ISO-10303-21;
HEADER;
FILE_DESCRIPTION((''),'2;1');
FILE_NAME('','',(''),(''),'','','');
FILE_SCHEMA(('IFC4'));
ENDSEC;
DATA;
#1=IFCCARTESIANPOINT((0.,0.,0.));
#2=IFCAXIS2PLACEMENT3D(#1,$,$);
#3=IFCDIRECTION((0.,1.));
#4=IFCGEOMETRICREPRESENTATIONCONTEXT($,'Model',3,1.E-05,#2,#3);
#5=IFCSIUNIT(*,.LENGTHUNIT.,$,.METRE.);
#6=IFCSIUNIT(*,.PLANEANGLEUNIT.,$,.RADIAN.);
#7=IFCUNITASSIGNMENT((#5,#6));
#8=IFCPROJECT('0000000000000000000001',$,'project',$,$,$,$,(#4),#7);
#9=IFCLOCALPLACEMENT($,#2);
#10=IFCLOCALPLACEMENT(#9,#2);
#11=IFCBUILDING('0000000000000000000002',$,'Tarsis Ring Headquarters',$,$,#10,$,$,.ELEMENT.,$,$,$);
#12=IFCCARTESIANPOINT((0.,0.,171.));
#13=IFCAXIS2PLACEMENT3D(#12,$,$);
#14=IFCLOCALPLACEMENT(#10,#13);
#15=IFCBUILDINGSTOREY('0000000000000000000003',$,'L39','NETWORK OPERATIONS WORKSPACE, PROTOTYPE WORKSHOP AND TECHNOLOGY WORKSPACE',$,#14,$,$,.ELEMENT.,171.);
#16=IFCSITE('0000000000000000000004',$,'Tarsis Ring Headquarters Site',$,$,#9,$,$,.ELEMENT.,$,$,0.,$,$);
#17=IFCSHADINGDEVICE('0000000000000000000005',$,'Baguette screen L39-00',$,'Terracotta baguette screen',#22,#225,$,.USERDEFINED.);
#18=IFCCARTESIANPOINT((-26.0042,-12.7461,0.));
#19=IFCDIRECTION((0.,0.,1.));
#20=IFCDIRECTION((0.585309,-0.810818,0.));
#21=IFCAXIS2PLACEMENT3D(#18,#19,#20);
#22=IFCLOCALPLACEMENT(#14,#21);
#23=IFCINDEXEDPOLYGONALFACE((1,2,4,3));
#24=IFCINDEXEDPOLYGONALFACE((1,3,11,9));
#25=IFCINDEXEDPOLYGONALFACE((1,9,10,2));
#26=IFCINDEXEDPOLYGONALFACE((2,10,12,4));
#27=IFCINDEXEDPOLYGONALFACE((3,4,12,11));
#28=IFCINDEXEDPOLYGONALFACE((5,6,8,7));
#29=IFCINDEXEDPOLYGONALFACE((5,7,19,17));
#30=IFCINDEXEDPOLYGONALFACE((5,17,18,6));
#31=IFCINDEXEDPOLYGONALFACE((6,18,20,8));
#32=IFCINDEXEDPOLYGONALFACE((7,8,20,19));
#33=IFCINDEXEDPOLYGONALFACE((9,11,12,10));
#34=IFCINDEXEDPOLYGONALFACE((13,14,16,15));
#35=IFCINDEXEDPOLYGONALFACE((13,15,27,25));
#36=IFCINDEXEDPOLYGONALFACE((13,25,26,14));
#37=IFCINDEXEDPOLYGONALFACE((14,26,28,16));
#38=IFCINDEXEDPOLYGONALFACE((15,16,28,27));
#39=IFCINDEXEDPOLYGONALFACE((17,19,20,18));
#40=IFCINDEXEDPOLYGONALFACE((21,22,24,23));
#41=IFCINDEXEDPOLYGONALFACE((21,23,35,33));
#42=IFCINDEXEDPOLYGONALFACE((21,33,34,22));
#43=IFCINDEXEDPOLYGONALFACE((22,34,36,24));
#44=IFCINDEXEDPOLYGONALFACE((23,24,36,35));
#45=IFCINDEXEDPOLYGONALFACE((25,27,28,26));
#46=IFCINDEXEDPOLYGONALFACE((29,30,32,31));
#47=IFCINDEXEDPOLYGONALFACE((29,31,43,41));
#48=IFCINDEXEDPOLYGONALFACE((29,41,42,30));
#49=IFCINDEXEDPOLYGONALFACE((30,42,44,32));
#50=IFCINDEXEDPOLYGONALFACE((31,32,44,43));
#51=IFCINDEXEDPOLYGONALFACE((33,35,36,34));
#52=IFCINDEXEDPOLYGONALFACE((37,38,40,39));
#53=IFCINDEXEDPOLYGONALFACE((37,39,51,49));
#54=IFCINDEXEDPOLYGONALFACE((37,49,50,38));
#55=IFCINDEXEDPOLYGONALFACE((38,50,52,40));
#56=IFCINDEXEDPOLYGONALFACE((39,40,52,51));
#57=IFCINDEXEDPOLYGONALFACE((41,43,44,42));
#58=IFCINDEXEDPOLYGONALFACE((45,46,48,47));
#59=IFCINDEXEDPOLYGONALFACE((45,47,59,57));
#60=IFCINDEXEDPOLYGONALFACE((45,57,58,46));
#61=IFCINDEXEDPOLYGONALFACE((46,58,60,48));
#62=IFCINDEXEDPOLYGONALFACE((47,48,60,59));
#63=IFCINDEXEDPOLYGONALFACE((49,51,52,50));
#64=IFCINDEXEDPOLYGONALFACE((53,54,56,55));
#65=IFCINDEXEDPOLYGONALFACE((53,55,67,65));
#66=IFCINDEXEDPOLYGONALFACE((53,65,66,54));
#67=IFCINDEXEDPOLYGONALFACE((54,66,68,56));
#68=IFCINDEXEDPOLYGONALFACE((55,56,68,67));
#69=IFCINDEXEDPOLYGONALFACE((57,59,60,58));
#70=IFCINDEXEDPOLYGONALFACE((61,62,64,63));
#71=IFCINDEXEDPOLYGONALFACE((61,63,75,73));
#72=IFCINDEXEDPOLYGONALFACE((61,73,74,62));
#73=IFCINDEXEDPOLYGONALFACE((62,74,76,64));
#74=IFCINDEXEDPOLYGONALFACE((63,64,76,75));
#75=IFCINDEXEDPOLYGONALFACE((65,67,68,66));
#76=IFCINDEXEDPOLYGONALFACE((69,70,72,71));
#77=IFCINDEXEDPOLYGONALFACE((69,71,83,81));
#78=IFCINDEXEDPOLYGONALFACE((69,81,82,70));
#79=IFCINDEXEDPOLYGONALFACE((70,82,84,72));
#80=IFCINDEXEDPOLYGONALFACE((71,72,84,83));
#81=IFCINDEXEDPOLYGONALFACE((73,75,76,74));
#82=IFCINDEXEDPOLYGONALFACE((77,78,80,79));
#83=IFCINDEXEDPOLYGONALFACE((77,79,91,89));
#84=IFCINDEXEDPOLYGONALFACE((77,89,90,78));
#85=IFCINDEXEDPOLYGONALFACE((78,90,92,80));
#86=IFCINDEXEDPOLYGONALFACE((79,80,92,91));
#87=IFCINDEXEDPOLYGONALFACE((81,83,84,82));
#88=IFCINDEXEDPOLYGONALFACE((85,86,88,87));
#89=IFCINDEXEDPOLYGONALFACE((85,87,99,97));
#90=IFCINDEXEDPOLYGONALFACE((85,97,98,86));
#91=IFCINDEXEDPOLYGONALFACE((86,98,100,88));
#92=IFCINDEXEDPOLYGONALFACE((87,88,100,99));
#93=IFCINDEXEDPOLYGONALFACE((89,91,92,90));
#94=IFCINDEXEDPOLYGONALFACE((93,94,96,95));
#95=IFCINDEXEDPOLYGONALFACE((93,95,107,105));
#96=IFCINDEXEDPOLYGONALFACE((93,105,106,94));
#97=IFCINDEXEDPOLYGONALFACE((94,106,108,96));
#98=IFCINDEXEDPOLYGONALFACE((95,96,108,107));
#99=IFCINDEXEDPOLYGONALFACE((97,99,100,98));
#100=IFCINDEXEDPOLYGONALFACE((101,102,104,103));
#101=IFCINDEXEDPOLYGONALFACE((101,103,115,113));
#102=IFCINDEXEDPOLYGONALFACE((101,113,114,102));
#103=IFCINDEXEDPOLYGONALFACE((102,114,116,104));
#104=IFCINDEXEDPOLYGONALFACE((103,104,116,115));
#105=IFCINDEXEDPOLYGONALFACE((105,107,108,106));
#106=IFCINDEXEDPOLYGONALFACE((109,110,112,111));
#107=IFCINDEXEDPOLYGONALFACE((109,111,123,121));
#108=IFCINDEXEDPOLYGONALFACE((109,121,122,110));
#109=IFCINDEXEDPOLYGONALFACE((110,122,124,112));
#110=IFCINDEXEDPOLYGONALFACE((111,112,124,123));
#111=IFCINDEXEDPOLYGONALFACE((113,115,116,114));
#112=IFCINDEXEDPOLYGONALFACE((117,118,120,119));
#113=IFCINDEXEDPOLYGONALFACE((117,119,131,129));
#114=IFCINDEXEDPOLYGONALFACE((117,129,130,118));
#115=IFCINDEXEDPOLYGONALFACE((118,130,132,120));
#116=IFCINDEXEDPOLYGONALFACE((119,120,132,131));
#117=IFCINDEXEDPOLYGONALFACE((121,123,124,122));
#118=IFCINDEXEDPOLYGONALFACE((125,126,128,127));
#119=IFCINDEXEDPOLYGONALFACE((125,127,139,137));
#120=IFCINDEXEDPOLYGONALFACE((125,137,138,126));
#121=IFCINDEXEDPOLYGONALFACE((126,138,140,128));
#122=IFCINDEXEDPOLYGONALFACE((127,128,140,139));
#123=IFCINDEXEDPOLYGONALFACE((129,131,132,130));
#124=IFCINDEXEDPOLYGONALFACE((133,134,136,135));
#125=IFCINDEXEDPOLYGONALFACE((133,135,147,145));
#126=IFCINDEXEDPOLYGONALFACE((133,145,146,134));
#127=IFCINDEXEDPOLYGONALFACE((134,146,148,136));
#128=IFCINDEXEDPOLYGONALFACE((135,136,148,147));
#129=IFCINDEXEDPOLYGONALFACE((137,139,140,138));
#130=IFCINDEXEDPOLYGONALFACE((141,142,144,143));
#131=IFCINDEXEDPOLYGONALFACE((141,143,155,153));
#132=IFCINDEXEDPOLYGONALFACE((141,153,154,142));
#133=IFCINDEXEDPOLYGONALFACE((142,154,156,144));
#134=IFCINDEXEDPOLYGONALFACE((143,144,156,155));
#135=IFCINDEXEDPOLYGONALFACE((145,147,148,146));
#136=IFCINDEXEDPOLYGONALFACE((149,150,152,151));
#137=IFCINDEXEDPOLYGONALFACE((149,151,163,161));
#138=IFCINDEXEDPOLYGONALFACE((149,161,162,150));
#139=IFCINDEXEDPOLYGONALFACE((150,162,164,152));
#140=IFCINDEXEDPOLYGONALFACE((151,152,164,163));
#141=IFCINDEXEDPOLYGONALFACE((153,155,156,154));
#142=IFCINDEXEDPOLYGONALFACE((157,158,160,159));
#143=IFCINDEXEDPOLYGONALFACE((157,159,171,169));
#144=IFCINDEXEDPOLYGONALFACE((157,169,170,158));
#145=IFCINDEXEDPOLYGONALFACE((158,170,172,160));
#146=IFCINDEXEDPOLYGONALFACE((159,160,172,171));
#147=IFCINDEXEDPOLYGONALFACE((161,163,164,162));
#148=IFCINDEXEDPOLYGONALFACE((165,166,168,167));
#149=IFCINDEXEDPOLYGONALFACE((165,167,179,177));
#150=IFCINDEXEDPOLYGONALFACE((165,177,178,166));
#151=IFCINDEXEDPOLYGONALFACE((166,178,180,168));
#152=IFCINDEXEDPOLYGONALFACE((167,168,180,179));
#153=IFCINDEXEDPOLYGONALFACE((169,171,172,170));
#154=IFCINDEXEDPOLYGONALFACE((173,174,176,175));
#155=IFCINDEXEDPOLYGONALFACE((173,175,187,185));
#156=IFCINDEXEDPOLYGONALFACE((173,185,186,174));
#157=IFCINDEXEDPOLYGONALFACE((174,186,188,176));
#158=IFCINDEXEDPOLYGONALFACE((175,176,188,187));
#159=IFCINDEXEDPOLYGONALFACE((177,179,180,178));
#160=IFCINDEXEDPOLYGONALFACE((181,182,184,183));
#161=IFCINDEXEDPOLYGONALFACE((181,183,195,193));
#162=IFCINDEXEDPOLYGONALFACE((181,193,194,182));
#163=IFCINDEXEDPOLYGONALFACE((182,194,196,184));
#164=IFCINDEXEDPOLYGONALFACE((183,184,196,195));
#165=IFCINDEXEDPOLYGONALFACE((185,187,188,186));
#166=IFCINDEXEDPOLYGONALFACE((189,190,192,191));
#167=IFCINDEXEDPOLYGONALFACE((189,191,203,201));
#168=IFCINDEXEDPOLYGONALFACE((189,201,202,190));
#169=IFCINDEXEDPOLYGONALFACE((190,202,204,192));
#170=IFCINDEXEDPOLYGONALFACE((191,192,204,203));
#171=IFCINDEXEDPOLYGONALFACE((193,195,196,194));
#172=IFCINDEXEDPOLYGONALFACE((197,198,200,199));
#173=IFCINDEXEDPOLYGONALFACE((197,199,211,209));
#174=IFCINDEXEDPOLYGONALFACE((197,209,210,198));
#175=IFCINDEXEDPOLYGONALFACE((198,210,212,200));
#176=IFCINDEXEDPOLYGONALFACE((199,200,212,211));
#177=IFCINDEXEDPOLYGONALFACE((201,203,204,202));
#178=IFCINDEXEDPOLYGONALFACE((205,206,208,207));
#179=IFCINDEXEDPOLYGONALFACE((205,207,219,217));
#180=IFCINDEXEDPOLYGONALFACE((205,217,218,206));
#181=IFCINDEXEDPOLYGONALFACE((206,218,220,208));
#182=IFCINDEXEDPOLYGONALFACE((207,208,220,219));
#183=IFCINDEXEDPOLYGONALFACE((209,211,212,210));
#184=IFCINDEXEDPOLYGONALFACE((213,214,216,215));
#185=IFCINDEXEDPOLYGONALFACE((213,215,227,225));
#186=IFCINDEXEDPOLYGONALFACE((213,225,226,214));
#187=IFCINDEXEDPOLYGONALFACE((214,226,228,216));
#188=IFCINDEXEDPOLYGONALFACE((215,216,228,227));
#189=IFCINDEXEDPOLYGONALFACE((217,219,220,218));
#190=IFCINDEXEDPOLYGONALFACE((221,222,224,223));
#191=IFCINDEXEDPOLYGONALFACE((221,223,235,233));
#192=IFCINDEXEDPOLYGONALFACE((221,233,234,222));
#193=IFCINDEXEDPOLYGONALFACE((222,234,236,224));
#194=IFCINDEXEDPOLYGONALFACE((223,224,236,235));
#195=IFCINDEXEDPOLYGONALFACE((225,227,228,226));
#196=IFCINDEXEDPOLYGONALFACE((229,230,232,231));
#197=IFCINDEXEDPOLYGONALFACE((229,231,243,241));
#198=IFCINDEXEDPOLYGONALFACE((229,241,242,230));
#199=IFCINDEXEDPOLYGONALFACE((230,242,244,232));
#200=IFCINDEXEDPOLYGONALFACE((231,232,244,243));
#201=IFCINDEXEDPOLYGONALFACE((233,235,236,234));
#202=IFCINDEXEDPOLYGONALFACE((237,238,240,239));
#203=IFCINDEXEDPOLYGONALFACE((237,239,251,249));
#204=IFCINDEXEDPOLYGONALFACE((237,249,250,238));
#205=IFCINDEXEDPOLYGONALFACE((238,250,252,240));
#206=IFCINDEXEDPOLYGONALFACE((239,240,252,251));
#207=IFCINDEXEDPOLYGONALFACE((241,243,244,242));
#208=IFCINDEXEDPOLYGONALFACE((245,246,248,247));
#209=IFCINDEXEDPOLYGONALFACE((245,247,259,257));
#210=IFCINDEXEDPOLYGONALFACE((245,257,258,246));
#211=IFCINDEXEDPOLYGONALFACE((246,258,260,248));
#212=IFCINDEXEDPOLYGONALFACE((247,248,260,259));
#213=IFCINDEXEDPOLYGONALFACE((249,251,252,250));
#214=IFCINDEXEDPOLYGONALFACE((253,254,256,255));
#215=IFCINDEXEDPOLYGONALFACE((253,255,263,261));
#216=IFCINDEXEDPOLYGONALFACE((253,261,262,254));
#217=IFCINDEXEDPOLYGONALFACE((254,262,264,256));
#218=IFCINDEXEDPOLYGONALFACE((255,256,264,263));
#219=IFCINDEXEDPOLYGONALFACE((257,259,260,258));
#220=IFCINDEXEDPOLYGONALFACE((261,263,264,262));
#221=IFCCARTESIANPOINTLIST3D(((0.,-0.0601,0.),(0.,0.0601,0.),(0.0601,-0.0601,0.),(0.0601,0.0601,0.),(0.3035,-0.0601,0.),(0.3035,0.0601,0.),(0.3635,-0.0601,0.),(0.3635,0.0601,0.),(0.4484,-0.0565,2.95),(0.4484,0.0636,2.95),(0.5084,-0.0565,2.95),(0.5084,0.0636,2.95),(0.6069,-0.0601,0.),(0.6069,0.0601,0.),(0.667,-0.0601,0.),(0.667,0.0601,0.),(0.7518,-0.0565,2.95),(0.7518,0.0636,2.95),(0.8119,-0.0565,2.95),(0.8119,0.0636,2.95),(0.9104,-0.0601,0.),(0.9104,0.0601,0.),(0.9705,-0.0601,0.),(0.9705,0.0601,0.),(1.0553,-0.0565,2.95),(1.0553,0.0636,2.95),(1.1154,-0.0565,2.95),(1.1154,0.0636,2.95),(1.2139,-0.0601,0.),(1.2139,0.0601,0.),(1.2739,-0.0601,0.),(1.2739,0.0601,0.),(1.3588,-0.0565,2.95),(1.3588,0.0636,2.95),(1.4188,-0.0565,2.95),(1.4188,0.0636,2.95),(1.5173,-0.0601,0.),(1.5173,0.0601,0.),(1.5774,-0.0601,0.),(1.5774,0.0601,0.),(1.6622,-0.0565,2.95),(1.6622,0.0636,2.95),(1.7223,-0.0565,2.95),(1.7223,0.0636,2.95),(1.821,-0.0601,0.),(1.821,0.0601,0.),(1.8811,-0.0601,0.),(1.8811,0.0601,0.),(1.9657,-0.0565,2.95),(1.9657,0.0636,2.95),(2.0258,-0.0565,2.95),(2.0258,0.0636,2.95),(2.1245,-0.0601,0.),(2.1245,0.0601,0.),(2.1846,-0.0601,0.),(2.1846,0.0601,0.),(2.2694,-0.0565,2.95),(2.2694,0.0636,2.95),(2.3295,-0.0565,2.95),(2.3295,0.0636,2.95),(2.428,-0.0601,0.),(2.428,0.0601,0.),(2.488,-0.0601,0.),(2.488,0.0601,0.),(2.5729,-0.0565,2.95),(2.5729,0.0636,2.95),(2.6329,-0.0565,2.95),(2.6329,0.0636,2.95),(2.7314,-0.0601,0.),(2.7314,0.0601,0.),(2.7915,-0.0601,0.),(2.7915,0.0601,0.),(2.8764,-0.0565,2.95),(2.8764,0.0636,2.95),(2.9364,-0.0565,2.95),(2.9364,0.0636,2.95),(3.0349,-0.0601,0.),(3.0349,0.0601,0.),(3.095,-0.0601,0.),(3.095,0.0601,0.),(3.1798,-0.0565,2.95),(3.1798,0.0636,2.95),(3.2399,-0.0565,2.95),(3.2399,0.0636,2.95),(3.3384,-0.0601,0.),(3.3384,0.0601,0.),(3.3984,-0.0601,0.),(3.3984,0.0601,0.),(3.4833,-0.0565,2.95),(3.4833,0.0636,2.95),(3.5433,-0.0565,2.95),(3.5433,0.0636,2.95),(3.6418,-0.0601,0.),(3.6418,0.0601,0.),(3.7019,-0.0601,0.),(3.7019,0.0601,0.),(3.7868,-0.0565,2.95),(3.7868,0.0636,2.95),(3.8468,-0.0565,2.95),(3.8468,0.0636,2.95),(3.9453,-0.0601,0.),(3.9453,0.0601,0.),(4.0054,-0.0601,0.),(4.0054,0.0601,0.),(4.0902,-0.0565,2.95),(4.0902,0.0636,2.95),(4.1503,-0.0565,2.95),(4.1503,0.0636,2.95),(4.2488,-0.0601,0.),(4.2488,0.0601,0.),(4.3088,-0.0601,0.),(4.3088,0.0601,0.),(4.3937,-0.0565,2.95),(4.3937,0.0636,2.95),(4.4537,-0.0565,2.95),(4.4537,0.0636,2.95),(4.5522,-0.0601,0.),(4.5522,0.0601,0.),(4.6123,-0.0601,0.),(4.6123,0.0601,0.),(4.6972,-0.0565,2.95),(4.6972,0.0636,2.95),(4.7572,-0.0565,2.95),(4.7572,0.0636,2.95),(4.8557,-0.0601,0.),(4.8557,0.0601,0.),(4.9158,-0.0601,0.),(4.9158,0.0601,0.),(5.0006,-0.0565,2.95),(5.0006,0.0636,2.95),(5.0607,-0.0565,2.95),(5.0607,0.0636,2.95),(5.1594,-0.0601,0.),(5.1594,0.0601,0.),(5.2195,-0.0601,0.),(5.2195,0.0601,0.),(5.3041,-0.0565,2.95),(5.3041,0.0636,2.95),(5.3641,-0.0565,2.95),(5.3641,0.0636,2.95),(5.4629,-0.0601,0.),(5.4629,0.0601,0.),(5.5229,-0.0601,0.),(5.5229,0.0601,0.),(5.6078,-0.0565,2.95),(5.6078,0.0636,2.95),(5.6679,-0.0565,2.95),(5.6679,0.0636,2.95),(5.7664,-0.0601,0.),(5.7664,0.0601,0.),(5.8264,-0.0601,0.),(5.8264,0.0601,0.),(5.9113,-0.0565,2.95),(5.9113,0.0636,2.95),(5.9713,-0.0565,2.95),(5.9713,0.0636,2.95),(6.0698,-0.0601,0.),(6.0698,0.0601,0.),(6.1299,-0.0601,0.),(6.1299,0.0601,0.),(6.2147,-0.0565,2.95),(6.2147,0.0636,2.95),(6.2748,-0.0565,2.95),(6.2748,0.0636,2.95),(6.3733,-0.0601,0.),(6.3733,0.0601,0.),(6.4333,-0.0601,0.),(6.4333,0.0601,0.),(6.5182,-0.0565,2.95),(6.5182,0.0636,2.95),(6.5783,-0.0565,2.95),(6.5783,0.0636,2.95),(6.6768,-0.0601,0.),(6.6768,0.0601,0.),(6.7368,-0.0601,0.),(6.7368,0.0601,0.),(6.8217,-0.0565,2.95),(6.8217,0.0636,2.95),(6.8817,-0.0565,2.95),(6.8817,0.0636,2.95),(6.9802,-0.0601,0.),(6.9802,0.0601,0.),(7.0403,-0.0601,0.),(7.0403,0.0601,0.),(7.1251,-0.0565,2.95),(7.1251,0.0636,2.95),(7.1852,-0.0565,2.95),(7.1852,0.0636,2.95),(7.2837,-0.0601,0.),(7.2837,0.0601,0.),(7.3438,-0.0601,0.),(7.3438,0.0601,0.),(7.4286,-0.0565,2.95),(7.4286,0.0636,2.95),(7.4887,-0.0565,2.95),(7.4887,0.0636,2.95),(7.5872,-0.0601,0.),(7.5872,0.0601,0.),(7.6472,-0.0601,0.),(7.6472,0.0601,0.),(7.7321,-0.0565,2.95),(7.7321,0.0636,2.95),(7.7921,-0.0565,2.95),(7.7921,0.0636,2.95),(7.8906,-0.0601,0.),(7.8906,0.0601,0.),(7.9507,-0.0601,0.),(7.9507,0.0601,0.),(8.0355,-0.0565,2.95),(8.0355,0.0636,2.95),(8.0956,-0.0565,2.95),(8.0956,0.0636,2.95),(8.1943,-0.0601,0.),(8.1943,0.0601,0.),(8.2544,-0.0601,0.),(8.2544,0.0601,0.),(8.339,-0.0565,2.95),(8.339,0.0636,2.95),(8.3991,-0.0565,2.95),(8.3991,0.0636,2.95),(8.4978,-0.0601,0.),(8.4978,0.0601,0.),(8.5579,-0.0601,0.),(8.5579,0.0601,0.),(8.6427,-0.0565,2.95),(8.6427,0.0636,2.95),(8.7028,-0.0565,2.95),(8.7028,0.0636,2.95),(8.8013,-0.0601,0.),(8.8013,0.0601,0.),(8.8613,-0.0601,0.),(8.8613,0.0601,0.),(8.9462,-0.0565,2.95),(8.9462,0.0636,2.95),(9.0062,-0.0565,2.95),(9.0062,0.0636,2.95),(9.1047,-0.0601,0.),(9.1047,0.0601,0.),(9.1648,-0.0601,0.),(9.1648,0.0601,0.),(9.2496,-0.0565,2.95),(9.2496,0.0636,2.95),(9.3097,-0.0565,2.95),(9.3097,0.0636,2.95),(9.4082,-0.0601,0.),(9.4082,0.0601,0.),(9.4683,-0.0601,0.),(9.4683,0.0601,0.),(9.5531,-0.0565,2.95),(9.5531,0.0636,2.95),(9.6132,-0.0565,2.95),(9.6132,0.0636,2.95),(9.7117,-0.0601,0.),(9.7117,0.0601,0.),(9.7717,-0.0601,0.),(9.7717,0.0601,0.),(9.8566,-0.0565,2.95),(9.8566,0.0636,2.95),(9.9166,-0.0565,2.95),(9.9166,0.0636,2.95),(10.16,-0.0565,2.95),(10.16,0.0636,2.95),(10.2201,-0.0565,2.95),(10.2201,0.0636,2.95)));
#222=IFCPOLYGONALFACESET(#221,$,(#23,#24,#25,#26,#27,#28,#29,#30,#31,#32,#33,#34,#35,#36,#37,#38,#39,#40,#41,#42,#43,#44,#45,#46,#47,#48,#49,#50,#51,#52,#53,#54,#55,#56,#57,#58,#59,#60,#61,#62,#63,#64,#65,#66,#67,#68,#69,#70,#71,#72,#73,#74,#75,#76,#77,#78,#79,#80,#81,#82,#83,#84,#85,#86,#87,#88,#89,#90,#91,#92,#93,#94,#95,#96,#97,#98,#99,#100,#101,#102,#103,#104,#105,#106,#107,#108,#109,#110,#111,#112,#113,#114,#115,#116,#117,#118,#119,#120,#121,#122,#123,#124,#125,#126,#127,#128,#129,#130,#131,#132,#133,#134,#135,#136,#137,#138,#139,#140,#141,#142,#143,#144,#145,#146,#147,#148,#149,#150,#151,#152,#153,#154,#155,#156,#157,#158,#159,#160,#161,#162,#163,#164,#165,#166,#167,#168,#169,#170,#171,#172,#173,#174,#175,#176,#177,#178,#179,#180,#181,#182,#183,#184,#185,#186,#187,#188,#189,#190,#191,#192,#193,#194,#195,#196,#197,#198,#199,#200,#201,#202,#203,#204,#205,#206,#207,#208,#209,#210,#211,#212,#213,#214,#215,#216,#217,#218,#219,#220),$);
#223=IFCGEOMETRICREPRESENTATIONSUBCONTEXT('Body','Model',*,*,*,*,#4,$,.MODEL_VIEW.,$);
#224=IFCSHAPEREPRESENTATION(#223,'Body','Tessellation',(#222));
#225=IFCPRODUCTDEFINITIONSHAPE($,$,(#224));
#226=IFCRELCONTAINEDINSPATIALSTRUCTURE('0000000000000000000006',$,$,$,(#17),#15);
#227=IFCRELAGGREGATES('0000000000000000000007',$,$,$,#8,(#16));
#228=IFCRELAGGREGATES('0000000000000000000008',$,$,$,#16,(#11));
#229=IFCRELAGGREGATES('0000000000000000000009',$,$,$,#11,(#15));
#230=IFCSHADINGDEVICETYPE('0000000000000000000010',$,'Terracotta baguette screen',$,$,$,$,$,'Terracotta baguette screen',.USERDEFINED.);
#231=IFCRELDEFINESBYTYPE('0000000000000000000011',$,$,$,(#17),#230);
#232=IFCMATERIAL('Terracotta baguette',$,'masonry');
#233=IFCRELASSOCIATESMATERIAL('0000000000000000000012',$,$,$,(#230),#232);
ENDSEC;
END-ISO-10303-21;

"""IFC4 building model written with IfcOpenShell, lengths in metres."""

from ifc_helpers import new_model, si_unit, direction, frame, frame_2d, origin, place, context, subcontext, project, spatial, rectangle, composite_profile, extrude, material, type_object, element, save


model = new_model("IFC4")

# Units and contexts
model_context = context("Model", 3, precision=1e-05, world=origin(), true_north=direction((0.0, 1.0)))
body_context = subcontext(model_context, "Body", "Model", "MODEL_VIEW")
ifc_project = project(units=[si_unit("LENGTHUNIT", "METRE"), si_unit("PLANEANGLEUNIT", "RADIAN")], contexts=[model_context])

# Site, building, storey
site_placement = place(None, origin())
site = spatial("IfcSite", under=ifc_project, at=site_placement, Name="Tarsis Ring Headquarters Site", CompositionType="ELEMENT", RefElevation=0.0)
building_placement = place(site_placement, origin())
building = spatial("IfcBuilding", under=site, at=building_placement, Name="Tarsis Ring Headquarters", CompositionType="ELEMENT")
storey_placement = place(building_placement, frame((0.0, 0.0, 171.0)))
storey = spatial("IfcBuildingStorey", under=building, at=storey_placement, Name="L39", Description="NETWORK OPERATIONS WORKSPACE, PROTOTYPE WORKSHOP AND TECHNOLOGY WORKSPACE", CompositionType="ELEMENT", Elevation=171.0)

# Shading device
ifc_material_1 = material(Name="Terracotta baguette", Category="masonry")
shading_device_type = type_object("IfcShadingDeviceType", Name="Terracotta baguette screen", ElementType="Terracotta baguette screen", PredefinedType="USERDEFINED", material=ifc_material_1)
shading_device_1_placement = place(storey_placement, frame((-26.0042, -12.7461, 0.0), z_axis=(0.0, 0.0, 1.0), x_axis=(0.585309, -0.810818, 0.0)))
element("IfcShadingDevice", 1, at=shading_device_1_placement, inside=storey, type_object=shading_device_type, Name="Baguette screen L39-00", ObjectType="Terracotta baguette screen", PredefinedType="USERDEFINED", context=body_context, shape_type="SweptSolid", body=[
    extrude(composite_profile([rectangle(XDim=0.0601, YDim=0.1201, at=frame_2d((0.03, 0.0))), rectangle(XDim=0.0601, YDim=0.1201, at=frame_2d((0.3335, 0.0))), rectangle(XDim=0.0601, YDim=0.1201, at=frame_2d((0.637, 0.0))), rectangle(XDim=0.0601, YDim=0.1201, at=frame_2d((0.9404, 0.0))), rectangle(XDim=0.0601, YDim=0.1201, at=frame_2d((1.2439, 0.0))), rectangle(XDim=0.0601, YDim=0.1201, at=frame_2d((1.5474, 0.0))), rectangle(XDim=0.0601, YDim=0.1201, at=frame_2d((1.8511, 0.0))), rectangle(XDim=0.0601, YDim=0.1201, at=frame_2d((2.1545, 0.0))), rectangle(XDim=0.0601, YDim=0.1201, at=frame_2d((2.458, 0.0))), rectangle(XDim=0.0601, YDim=0.1201, at=frame_2d((2.7615, 0.0))), rectangle(XDim=0.0601, YDim=0.1201, at=frame_2d((3.0649, 0.0))), rectangle(XDim=0.0601, YDim=0.1201, at=frame_2d((3.3684, 0.0))), rectangle(XDim=0.0601, YDim=0.1201, at=frame_2d((3.6719, 0.0))), rectangle(XDim=0.0601, YDim=0.1201, at=frame_2d((3.9753, 0.0))), rectangle(XDim=0.0601, YDim=0.1201, at=frame_2d((4.2788, 0.0))), rectangle(XDim=0.0601, YDim=0.1201, at=frame_2d((4.5823, 0.0))), rectangle(XDim=0.0601, YDim=0.1201, at=frame_2d((4.8857, 0.0))), rectangle(XDim=0.0601, YDim=0.1201, at=frame_2d((5.1895, 0.0))), rectangle(XDim=0.0601, YDim=0.1201, at=frame_2d((5.4929, 0.0))), rectangle(XDim=0.0601, YDim=0.1201, at=frame_2d((5.7964, 0.0))), rectangle(XDim=0.0601, YDim=0.1201, at=frame_2d((6.0999, 0.0))), rectangle(XDim=0.0601, YDim=0.1201, at=frame_2d((6.4033, 0.0))), rectangle(XDim=0.0601, YDim=0.1201, at=frame_2d((6.7068, 0.0))), rectangle(XDim=0.0601, YDim=0.1201, at=frame_2d((7.0103, 0.0))), rectangle(XDim=0.0601, YDim=0.1201, at=frame_2d((7.3137, 0.0))), rectangle(XDim=0.0601, YDim=0.1201, at=frame_2d((7.6172, 0.0))), rectangle(XDim=0.0601, YDim=0.1201, at=frame_2d((7.9207, 0.0))), rectangle(XDim=0.0601, YDim=0.1201, at=frame_2d((8.2244, 0.0))), rectangle(XDim=0.0601, YDim=0.1201, at=frame_2d((8.5278, 0.0))), rectangle(XDim=0.0601, YDim=0.1201, at=frame_2d((8.8313, 0.0))), rectangle(XDim=0.0601, YDim=0.1201, at=frame_2d((9.1348, 0.0))), rectangle(XDim=0.0601, YDim=0.1201, at=frame_2d((9.4382, 0.0))), rectangle(XDim=0.0601, YDim=0.1201, at=frame_2d((9.7417, 0.0)))]), origin(), (0.150265, 0.001181, 0.988645), 2.9839),
])

save(model, "model.ifc")
